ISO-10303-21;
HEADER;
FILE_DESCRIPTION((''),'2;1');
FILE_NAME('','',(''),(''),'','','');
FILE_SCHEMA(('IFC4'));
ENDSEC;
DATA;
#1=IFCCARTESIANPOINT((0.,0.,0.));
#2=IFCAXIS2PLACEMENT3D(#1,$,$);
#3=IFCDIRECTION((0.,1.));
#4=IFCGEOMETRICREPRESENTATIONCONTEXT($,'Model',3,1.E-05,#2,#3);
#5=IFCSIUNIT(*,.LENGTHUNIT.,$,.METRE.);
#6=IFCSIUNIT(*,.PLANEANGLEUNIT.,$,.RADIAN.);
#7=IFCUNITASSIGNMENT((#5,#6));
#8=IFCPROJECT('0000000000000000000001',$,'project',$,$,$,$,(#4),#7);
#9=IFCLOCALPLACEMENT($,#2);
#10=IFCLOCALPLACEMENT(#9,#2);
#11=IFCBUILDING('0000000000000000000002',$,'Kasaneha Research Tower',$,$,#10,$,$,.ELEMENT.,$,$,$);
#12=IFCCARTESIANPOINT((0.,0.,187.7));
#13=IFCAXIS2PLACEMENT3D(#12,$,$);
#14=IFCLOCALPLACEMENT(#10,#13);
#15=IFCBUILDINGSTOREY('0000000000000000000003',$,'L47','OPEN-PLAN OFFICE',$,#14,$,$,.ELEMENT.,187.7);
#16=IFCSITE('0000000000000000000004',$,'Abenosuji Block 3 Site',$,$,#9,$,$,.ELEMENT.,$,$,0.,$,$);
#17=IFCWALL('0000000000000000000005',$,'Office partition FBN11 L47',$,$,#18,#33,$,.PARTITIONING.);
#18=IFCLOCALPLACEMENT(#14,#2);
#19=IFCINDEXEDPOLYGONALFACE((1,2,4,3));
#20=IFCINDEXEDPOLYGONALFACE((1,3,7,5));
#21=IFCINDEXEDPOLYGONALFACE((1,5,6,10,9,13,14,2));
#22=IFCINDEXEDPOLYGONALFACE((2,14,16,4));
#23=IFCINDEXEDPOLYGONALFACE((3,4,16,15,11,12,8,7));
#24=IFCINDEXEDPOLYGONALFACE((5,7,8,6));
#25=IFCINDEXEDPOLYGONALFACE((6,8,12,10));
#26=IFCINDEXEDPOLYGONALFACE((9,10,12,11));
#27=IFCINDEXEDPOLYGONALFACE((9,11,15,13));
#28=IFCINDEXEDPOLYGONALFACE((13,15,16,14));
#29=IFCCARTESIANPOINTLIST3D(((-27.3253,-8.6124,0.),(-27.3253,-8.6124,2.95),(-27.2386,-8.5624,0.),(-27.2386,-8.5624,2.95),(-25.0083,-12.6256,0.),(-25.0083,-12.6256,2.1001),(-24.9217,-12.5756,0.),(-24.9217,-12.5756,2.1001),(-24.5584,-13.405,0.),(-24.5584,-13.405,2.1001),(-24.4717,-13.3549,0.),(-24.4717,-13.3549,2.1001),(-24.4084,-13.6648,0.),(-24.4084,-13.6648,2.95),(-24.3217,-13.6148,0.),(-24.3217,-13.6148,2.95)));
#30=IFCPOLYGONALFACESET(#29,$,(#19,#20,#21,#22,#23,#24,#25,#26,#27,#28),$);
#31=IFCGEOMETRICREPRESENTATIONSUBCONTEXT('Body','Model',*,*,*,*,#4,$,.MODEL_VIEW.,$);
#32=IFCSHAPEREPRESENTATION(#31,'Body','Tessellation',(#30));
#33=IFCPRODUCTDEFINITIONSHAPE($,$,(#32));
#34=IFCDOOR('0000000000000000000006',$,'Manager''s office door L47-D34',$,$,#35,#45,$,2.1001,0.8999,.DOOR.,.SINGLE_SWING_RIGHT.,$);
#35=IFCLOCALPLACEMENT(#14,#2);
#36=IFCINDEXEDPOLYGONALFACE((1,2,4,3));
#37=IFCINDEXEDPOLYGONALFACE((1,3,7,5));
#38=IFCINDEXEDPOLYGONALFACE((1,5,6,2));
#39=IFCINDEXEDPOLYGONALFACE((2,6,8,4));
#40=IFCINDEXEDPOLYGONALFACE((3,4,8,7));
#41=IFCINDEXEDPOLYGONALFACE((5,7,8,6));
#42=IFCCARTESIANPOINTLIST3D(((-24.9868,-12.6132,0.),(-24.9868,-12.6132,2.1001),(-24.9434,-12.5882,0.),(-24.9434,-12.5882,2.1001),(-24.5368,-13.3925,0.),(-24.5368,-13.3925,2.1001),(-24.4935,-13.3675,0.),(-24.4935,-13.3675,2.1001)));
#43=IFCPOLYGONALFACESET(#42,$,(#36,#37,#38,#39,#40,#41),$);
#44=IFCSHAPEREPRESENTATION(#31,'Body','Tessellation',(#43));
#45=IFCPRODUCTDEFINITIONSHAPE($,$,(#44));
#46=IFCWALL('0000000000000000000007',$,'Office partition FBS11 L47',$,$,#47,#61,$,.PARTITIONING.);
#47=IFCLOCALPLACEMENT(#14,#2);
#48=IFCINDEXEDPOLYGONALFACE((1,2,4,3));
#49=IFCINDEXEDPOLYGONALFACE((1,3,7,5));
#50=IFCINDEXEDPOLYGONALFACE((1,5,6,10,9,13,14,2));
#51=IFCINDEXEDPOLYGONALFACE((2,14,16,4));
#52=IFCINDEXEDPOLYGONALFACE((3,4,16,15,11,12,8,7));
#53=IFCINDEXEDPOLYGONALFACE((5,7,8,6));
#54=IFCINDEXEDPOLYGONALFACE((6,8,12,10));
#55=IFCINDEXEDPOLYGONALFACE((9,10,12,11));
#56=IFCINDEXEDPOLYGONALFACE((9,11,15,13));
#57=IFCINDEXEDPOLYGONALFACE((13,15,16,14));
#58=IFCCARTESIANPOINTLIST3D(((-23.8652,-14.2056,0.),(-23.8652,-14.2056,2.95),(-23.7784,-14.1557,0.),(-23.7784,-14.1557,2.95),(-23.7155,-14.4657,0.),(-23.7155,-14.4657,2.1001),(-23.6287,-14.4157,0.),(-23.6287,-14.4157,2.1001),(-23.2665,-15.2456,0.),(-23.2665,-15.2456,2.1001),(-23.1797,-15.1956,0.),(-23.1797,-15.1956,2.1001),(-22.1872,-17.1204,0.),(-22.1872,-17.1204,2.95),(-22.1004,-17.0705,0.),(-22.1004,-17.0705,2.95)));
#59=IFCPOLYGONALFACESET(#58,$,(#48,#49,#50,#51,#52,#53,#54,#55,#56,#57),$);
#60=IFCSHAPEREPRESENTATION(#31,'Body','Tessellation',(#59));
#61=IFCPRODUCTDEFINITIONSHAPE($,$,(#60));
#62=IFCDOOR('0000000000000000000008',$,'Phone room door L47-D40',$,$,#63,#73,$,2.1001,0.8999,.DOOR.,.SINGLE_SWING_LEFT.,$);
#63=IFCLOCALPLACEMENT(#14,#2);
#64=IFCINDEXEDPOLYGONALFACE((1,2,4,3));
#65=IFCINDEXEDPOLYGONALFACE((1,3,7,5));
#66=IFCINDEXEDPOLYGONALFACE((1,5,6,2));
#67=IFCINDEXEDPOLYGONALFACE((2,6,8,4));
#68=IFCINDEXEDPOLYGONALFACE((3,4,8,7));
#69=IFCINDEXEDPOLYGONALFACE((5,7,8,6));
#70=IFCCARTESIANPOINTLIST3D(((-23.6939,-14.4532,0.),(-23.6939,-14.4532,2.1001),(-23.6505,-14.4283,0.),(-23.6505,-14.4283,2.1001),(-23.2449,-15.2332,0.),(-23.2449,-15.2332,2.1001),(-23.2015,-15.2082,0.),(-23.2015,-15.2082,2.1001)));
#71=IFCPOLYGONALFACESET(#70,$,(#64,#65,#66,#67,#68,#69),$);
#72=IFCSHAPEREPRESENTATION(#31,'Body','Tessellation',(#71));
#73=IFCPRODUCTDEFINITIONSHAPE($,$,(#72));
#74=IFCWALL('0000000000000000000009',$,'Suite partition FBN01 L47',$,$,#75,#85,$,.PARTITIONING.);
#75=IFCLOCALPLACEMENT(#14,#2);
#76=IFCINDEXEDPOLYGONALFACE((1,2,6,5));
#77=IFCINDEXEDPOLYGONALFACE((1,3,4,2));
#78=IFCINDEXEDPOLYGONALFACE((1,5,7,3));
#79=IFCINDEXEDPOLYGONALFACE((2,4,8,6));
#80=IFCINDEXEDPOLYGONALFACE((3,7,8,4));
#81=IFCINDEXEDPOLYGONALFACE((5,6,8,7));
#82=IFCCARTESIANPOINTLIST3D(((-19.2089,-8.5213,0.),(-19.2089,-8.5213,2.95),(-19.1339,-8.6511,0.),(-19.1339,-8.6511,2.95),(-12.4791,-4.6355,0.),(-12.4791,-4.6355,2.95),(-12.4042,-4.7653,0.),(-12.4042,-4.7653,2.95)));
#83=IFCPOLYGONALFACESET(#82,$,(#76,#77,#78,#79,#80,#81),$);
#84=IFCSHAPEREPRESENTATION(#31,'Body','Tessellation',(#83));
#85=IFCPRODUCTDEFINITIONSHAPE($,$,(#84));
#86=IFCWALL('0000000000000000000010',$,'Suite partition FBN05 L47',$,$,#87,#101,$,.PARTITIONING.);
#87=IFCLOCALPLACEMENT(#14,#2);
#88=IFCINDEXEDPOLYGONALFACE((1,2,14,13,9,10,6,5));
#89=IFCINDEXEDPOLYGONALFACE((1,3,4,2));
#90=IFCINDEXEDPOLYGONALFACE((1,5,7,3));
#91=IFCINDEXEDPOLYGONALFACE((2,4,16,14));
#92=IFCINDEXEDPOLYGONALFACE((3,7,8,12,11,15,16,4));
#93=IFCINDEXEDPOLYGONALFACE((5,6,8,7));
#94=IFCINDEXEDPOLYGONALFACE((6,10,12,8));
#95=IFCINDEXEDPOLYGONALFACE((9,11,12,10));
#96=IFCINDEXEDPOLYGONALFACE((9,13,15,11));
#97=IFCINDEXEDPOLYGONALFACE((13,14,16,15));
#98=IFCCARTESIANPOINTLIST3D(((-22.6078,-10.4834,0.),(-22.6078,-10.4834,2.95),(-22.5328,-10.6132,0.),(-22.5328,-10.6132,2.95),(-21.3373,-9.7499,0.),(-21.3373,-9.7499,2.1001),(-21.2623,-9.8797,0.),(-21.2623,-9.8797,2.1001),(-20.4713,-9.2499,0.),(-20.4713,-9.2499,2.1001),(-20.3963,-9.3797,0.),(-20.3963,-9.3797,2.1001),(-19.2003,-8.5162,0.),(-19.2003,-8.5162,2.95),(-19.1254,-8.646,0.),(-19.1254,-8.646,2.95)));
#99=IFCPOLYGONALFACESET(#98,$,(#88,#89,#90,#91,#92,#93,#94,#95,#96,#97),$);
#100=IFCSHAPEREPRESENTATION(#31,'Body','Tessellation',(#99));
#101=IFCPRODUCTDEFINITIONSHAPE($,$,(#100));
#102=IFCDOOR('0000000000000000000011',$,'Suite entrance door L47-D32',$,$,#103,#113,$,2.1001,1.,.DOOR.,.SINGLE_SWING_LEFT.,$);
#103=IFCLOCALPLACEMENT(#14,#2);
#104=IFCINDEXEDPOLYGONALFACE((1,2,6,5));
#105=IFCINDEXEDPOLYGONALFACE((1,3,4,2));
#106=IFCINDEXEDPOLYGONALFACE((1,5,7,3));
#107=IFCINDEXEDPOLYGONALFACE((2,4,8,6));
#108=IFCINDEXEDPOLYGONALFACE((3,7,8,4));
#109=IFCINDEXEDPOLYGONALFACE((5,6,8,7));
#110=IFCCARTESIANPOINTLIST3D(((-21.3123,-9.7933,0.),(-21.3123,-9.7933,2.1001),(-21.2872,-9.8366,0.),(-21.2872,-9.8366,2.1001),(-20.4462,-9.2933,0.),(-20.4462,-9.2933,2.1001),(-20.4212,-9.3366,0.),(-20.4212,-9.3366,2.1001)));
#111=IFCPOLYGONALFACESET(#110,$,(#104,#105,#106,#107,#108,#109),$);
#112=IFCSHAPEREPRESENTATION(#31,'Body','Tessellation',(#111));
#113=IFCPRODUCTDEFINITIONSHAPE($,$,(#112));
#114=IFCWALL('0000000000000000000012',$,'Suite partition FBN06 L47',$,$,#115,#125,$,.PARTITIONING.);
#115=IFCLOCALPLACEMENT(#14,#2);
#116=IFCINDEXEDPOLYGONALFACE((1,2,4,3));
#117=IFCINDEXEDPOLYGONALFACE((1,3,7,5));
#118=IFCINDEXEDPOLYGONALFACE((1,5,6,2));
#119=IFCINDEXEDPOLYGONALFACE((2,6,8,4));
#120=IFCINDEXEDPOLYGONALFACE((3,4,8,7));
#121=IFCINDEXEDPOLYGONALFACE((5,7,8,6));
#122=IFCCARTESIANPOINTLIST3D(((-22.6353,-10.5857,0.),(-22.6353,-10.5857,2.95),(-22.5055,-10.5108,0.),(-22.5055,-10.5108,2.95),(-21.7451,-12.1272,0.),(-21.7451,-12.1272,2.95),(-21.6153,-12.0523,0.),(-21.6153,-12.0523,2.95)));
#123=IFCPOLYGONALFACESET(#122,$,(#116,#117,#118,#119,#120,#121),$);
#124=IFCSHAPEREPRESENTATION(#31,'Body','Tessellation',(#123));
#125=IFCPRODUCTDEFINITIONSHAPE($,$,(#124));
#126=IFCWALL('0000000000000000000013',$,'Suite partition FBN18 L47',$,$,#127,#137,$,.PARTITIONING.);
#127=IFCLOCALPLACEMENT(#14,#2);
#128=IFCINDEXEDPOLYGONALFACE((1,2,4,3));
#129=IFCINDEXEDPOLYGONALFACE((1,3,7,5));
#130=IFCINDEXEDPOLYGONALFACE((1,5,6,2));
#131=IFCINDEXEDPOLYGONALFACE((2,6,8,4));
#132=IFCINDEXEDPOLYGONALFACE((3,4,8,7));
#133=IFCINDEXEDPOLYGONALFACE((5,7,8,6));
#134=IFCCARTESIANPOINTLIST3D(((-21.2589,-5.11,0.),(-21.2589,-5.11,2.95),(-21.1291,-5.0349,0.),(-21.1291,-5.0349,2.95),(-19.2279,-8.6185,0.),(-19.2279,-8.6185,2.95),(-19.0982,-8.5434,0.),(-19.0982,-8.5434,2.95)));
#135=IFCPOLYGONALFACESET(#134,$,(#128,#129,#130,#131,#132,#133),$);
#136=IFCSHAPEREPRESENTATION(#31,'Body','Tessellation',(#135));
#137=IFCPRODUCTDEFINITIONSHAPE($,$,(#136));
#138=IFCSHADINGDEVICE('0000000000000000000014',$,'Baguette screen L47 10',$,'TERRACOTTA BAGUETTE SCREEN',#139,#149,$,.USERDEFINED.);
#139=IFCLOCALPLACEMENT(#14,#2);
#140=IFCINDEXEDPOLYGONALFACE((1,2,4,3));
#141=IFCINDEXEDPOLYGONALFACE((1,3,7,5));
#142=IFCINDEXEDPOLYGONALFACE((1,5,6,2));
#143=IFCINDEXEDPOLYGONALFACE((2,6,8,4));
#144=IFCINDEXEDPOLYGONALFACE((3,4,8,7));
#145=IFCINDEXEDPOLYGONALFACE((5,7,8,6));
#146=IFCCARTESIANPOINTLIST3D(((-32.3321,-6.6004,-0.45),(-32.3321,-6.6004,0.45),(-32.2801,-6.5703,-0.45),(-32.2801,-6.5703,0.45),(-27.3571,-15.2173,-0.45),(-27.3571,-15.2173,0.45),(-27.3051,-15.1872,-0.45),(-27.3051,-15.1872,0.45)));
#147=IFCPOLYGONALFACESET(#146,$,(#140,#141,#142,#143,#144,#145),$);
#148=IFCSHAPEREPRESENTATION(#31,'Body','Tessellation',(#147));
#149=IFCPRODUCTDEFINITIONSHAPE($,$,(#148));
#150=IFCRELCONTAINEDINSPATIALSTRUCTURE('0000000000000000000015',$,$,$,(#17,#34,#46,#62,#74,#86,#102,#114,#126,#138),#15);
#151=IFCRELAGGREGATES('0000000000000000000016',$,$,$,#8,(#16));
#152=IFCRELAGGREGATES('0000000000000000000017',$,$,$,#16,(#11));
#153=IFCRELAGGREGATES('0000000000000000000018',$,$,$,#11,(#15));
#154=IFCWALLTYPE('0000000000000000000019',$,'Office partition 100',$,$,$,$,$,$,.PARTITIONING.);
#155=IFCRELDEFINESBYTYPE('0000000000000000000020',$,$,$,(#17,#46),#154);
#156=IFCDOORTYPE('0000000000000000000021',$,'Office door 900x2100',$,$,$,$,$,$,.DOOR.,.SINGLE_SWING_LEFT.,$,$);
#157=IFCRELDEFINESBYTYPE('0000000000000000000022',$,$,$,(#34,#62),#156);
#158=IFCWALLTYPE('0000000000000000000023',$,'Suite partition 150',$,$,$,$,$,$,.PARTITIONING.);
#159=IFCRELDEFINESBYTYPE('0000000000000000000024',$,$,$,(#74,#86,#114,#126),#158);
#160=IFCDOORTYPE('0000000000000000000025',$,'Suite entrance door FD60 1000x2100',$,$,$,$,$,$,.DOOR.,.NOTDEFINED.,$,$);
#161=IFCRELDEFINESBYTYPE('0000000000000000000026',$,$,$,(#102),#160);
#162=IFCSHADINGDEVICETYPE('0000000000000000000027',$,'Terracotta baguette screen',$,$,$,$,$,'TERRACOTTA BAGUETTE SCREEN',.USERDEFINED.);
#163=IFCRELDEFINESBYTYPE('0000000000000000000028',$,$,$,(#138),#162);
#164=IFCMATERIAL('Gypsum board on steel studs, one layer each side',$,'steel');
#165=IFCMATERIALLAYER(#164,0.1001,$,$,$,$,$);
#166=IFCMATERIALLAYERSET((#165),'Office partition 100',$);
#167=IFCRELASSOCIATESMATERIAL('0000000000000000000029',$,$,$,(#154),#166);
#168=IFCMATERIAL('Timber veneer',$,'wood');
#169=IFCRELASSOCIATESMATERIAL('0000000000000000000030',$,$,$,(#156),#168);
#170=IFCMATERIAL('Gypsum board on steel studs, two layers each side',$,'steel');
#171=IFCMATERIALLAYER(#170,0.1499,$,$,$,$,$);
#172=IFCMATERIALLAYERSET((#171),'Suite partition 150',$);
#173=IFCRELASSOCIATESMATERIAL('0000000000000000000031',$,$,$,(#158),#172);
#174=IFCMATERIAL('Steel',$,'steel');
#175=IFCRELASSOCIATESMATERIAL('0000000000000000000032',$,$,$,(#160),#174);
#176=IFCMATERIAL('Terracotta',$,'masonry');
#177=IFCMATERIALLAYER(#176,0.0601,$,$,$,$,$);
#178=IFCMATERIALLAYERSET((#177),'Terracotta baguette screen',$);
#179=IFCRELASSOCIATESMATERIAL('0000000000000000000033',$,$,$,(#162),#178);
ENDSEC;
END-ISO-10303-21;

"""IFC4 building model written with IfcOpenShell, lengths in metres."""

from ifc_helpers import new_model, si_unit, direction, frame, frame_2d, origin, origin_2d, place, context, subcontext, project, spatial, rectangle, extrude, material, layer, layer_set, type_object, element, fill, save


model = new_model("IFC4")

# Units and contexts
model_context = context("Model", 3, precision=1e-05, world=origin(), true_north=direction((0.0, 1.0)))
body_context = subcontext(model_context, "Body", "Model", "MODEL_VIEW")
ifc_project = project(units=[si_unit("LENGTHUNIT", "METRE"), si_unit("PLANEANGLEUNIT", "RADIAN")], contexts=[model_context])

# Site, building, storey
site_placement = place(None, origin())
site = spatial("IfcSite", under=ifc_project, at=site_placement, Name="Abenosuji Block 3 Site", CompositionType="ELEMENT", RefElevation=0.0)
building_placement = place(site_placement, origin())
building = spatial("IfcBuilding", under=site, at=building_placement, Name="Kasaneha Research Tower", CompositionType="ELEMENT")
storey_placement = place(building_placement, frame((0.0, 0.0, 187.7)))
storey = spatial("IfcBuildingStorey", under=building, at=storey_placement, Name="L47", Description="OPEN-PLAN OFFICE", CompositionType="ELEMENT", Elevation=187.7)

# Shared definitions
ifc_material_1 = material(Name="Gypsum board on steel studs, one layer each side", Category="steel")
ifc_layer_1 = layer(ifc_material_1, 0.1001)
ifc_layer_set_1 = layer_set([ifc_layer_1], Name="Office partition 100")
wall_type_1 = type_object("IfcWallType", Name="Office partition 100", PredefinedType="PARTITIONING", material=ifc_layer_set_1)

# Walls, openings, doors
ifc_material_2 = material(Name="Timber veneer", Category="wood")
door_type_1 = type_object("IfcDoorType", Name="Office door 900x2100", OperationType="SINGLE_SWING_LEFT", PredefinedType="DOOR", material=ifc_material_2)
wall_1_placement = place(storey_placement, frame((-27.282, -8.5874, 0.0), z_axis=(0.0, 0.0, 1.0), x_axis=(0.499992, -0.86603, 0.0)))
wall_1 = element("IfcWall", 1, at=wall_1_placement, inside=storey, type_object=wall_type_1, Name="Office partition FBN11 L47", PredefinedType="PARTITIONING", context=body_context, shape_type="SweptSolid", body=[
    extrude(rectangle(XDim=5.834, YDim=0.1001, at=frame_2d((2.917, 0.0))), origin(), (0.0, 0.0, 1.0), 2.95),
])
opening_1_placement = place(wall_1_placement, frame((4.634, 0.0, 0.0)))
opening_1 = element("IfcOpeningElement", 2, at=opening_1_placement, cuts=wall_1, PredefinedType="OPENING", context=body_context, shape_type="SweptSolid", body=[
    extrude(rectangle(XDim=0.8999, YDim=2.1001, at=frame_2d((0.45, 1.05))), frame((0.0, 0.0601, 0.0), z_axis=(0.0, -1.0, 0.0), x_axis=(1.0, 0.0, 0.0)), (0.0, 0.0, 1.0), 0.1201),
])
door_1_placement = place(opening_1_placement, origin())
door_1 = element("IfcDoor", 3, at=door_1_placement, inside=storey, type_object=door_type_1, Name="Manager's office door L47-D34", OperationType="SINGLE_SWING_RIGHT", OverallHeight=2.1001, OverallWidth=0.8999, PredefinedType="DOOR", context=body_context, shape_type="SweptSolid", body=[
    extrude(rectangle(XDim=0.8999, YDim=2.1001, at=frame_2d((0.45, 1.05))), frame((0.0, 0.0249, 0.0), z_axis=(0.0, -1.0, 0.0), x_axis=(1.0, 0.0, 0.0)), (0.0, 0.0, 1.0), 0.05),
])
fill(opening_1, door_1)
wall_2_placement = place(storey_placement, frame((-23.8218, -14.1807, 0.0), z_axis=(0.0, 0.0, 1.0), x_axis=(0.498912, -0.866653, 0.0)))
wall_2 = element("IfcWall", 4, at=wall_2_placement, inside=storey, type_object=wall_type_1, Name="Office partition FBS11 L47", PredefinedType="PARTITIONING", context=body_context, shape_type="SweptSolid", body=[
    extrude(rectangle(XDim=3.3633, YDim=0.1001, at=frame_2d((1.6816, 0.0))), origin(), (0.0, 0.0, 1.0), 2.95),
])
opening_2_placement = place(wall_2_placement, frame((0.3, 0.0, 0.0)))
opening_2 = element("IfcOpeningElement", 5, at=opening_2_placement, cuts=wall_2, PredefinedType="OPENING", context=body_context, shape_type="SweptSolid", body=[
    extrude(rectangle(XDim=0.8999, YDim=2.1001, at=frame_2d((0.45, 1.05))), frame((0.0, 0.0601, 0.0), z_axis=(0.0, -1.0, 0.0), x_axis=(1.0, 0.0, 0.0)), (0.0, 0.0, 1.0), 0.1201),
])
door_2_placement = place(opening_2_placement, origin())
door_2 = element("IfcDoor", 6, at=door_2_placement, inside=storey, type_object=door_type_1, Name="Phone room door L47-D40", OperationType="SINGLE_SWING_LEFT", OverallHeight=2.1001, OverallWidth=0.8999, PredefinedType="DOOR", context=body_context, shape_type="SweptSolid", body=[
    extrude(rectangle(XDim=0.8999, YDim=2.1001, at=frame_2d((0.45, 1.05))), frame((0.0, 0.0249, 0.0), z_axis=(0.0, -1.0, 0.0), x_axis=(1.0, 0.0, 0.0)), (0.0, 0.0, 1.0), 0.05),
])
fill(opening_2, door_2)

# Wall
ifc_material_3 = material(Name="Gypsum board on steel studs, two layers each side", Category="steel")
ifc_layer_2 = layer(ifc_material_3, 0.1499)
ifc_layer_set_2 = layer_set([ifc_layer_2], Name="Suite partition 150")
wall_type_2 = type_object("IfcWallType", Name="Suite partition 150", PredefinedType="PARTITIONING", material=ifc_layer_set_2)
wall_3_placement = place(storey_placement, frame((-19.1714, -8.5862, 0.0), z_axis=(0.0, 0.0, 1.0), x_axis=(0.866007, 0.500032, 0.0)))
element("IfcWall", 7, at=wall_3_placement, inside=storey, type_object=wall_type_2, Name="Suite partition FBN01 L47", PredefinedType="PARTITIONING", context=body_context, shape_type="SweptSolid", body=[
    extrude(rectangle(XDim=7.771, YDim=0.1499, at=frame_2d((3.8855, 0.0))), origin(), (0.0, 0.0, 1.0), 2.95),
])

# Wall, opening, door
wall_4_placement = place(storey_placement, frame((-22.5703, -10.5483, 0.0), z_axis=(0.0, 0.0, 1.0), x_axis=(0.866027, 0.499996, 0.0)))
wall_4 = element("IfcWall", 8, at=wall_4_placement, inside=storey, type_object=wall_type_2, Name="Suite partition FBN05 L47", PredefinedType="PARTITIONING", context=body_context, shape_type="SweptSolid", body=[
    extrude(rectangle(XDim=3.9346, YDim=0.1499, at=frame_2d((1.9673, 0.0))), origin(), (0.0, 0.0, 1.0), 2.95),
])
opening_3_placement = place(wall_4_placement, frame((1.467, 0.0, 0.0)))
opening_3 = element("IfcOpeningElement", 9, at=opening_3_placement, cuts=wall_4, PredefinedType="OPENING", context=body_context, shape_type="SweptSolid", body=[
    extrude(rectangle(XDim=1.0, YDim=2.1001, at=frame_2d((0.5, 1.05))), frame((0.0, 0.085, 0.0), z_axis=(0.0, -1.0, 0.0), x_axis=(1.0, 0.0, 0.0)), (0.0, 0.0, 1.0), 0.1699),
])
ifc_material_4 = material(Name="Steel", Category="steel")
door_type_2 = type_object("IfcDoorType", Name="Suite entrance door FD60 1000x2100", OperationType="NOTDEFINED", PredefinedType="DOOR", material=ifc_material_4)
door_3_placement = place(opening_3_placement, origin())
door_3 = element("IfcDoor", 10, at=door_3_placement, inside=storey, type_object=door_type_2, Name="Suite entrance door L47-D32", OperationType="SINGLE_SWING_LEFT", OverallHeight=2.1001, OverallWidth=1.0, PredefinedType="DOOR", context=body_context, shape_type="SweptSolid", body=[
    extrude(rectangle(XDim=1.0, YDim=2.1001, at=frame_2d((0.5, 1.05))), frame((0.0, 0.0249, 0.0), z_axis=(0.0, -1.0, 0.0), x_axis=(1.0, 0.0, 0.0)), (0.0, 0.0, 1.0), 0.05),
])
fill(opening_3, door_3)

# Walls
wall_5_placement = place(storey_placement, frame((-21.6802, -12.0898, 0.0), z_axis=(0.0, 0.0, 1.0), x_axis=(-0.500063, 0.865989, 0.0)))
element("IfcWall", 11, at=wall_5_placement, inside=storey, type_object=wall_type_2, Name="Suite partition FBN06 L47", PredefinedType="PARTITIONING", context=body_context, shape_type="SweptSolid", body=[
    extrude(rectangle(XDim=1.78, YDim=0.1499, at=frame_2d((0.8901, 0.0))), origin(), (0.0, 0.0, 1.0), 2.95),
])
wall_6_placement = place(storey_placement, frame((-19.1631, -8.5808, 0.0), z_axis=(0.0, 0.0, 1.0), x_axis=(-0.500989, 0.865454, 0.0)))
element("IfcWall", 12, at=wall_6_placement, inside=storey, type_object=wall_type_2, Name="Suite partition FBN18 L47", PredefinedType="PARTITIONING", context=body_context, shape_type="SweptSolid", body=[
    extrude(rectangle(XDim=4.054, YDim=0.1499, at=frame_2d((2.0269, 0.0))), origin(), (0.0, 0.0, 1.0), 2.95),
])

# Shading device
ifc_material_5 = material(Name="Terracotta", Category="masonry")
ifc_layer_3 = layer(ifc_material_5, 0.0601)
ifc_layer_set_3 = layer_set([ifc_layer_3], Name="Terracotta baguette screen")
shading_device_type = type_object("IfcShadingDeviceType", Name="Terracotta baguette screen", ElementType="TERRACOTTA BAGUETTE SCREEN", PredefinedType="USERDEFINED", material=ifc_layer_set_3)
shading_device_placement = place(storey_placement, frame((-29.8186, -10.8938, -0.45), z_axis=(0.0, 0.0, 1.0), x_axis=(0.5, -0.866025, 0.0)))
element("IfcShadingDevice", 13, at=shading_device_placement, inside=storey, type_object=shading_device_type, Name="Baguette screen L47 10", ObjectType="TERRACOTTA BAGUETTE SCREEN", PredefinedType="USERDEFINED", context=body_context, shape_type="SweptSolid", body=[
    extrude(rectangle(XDim=9.95, YDim=0.0601, at=origin_2d()), origin(), (0.0, 0.0, 1.0), 0.8999),
])

save(model, "model.ifc")
